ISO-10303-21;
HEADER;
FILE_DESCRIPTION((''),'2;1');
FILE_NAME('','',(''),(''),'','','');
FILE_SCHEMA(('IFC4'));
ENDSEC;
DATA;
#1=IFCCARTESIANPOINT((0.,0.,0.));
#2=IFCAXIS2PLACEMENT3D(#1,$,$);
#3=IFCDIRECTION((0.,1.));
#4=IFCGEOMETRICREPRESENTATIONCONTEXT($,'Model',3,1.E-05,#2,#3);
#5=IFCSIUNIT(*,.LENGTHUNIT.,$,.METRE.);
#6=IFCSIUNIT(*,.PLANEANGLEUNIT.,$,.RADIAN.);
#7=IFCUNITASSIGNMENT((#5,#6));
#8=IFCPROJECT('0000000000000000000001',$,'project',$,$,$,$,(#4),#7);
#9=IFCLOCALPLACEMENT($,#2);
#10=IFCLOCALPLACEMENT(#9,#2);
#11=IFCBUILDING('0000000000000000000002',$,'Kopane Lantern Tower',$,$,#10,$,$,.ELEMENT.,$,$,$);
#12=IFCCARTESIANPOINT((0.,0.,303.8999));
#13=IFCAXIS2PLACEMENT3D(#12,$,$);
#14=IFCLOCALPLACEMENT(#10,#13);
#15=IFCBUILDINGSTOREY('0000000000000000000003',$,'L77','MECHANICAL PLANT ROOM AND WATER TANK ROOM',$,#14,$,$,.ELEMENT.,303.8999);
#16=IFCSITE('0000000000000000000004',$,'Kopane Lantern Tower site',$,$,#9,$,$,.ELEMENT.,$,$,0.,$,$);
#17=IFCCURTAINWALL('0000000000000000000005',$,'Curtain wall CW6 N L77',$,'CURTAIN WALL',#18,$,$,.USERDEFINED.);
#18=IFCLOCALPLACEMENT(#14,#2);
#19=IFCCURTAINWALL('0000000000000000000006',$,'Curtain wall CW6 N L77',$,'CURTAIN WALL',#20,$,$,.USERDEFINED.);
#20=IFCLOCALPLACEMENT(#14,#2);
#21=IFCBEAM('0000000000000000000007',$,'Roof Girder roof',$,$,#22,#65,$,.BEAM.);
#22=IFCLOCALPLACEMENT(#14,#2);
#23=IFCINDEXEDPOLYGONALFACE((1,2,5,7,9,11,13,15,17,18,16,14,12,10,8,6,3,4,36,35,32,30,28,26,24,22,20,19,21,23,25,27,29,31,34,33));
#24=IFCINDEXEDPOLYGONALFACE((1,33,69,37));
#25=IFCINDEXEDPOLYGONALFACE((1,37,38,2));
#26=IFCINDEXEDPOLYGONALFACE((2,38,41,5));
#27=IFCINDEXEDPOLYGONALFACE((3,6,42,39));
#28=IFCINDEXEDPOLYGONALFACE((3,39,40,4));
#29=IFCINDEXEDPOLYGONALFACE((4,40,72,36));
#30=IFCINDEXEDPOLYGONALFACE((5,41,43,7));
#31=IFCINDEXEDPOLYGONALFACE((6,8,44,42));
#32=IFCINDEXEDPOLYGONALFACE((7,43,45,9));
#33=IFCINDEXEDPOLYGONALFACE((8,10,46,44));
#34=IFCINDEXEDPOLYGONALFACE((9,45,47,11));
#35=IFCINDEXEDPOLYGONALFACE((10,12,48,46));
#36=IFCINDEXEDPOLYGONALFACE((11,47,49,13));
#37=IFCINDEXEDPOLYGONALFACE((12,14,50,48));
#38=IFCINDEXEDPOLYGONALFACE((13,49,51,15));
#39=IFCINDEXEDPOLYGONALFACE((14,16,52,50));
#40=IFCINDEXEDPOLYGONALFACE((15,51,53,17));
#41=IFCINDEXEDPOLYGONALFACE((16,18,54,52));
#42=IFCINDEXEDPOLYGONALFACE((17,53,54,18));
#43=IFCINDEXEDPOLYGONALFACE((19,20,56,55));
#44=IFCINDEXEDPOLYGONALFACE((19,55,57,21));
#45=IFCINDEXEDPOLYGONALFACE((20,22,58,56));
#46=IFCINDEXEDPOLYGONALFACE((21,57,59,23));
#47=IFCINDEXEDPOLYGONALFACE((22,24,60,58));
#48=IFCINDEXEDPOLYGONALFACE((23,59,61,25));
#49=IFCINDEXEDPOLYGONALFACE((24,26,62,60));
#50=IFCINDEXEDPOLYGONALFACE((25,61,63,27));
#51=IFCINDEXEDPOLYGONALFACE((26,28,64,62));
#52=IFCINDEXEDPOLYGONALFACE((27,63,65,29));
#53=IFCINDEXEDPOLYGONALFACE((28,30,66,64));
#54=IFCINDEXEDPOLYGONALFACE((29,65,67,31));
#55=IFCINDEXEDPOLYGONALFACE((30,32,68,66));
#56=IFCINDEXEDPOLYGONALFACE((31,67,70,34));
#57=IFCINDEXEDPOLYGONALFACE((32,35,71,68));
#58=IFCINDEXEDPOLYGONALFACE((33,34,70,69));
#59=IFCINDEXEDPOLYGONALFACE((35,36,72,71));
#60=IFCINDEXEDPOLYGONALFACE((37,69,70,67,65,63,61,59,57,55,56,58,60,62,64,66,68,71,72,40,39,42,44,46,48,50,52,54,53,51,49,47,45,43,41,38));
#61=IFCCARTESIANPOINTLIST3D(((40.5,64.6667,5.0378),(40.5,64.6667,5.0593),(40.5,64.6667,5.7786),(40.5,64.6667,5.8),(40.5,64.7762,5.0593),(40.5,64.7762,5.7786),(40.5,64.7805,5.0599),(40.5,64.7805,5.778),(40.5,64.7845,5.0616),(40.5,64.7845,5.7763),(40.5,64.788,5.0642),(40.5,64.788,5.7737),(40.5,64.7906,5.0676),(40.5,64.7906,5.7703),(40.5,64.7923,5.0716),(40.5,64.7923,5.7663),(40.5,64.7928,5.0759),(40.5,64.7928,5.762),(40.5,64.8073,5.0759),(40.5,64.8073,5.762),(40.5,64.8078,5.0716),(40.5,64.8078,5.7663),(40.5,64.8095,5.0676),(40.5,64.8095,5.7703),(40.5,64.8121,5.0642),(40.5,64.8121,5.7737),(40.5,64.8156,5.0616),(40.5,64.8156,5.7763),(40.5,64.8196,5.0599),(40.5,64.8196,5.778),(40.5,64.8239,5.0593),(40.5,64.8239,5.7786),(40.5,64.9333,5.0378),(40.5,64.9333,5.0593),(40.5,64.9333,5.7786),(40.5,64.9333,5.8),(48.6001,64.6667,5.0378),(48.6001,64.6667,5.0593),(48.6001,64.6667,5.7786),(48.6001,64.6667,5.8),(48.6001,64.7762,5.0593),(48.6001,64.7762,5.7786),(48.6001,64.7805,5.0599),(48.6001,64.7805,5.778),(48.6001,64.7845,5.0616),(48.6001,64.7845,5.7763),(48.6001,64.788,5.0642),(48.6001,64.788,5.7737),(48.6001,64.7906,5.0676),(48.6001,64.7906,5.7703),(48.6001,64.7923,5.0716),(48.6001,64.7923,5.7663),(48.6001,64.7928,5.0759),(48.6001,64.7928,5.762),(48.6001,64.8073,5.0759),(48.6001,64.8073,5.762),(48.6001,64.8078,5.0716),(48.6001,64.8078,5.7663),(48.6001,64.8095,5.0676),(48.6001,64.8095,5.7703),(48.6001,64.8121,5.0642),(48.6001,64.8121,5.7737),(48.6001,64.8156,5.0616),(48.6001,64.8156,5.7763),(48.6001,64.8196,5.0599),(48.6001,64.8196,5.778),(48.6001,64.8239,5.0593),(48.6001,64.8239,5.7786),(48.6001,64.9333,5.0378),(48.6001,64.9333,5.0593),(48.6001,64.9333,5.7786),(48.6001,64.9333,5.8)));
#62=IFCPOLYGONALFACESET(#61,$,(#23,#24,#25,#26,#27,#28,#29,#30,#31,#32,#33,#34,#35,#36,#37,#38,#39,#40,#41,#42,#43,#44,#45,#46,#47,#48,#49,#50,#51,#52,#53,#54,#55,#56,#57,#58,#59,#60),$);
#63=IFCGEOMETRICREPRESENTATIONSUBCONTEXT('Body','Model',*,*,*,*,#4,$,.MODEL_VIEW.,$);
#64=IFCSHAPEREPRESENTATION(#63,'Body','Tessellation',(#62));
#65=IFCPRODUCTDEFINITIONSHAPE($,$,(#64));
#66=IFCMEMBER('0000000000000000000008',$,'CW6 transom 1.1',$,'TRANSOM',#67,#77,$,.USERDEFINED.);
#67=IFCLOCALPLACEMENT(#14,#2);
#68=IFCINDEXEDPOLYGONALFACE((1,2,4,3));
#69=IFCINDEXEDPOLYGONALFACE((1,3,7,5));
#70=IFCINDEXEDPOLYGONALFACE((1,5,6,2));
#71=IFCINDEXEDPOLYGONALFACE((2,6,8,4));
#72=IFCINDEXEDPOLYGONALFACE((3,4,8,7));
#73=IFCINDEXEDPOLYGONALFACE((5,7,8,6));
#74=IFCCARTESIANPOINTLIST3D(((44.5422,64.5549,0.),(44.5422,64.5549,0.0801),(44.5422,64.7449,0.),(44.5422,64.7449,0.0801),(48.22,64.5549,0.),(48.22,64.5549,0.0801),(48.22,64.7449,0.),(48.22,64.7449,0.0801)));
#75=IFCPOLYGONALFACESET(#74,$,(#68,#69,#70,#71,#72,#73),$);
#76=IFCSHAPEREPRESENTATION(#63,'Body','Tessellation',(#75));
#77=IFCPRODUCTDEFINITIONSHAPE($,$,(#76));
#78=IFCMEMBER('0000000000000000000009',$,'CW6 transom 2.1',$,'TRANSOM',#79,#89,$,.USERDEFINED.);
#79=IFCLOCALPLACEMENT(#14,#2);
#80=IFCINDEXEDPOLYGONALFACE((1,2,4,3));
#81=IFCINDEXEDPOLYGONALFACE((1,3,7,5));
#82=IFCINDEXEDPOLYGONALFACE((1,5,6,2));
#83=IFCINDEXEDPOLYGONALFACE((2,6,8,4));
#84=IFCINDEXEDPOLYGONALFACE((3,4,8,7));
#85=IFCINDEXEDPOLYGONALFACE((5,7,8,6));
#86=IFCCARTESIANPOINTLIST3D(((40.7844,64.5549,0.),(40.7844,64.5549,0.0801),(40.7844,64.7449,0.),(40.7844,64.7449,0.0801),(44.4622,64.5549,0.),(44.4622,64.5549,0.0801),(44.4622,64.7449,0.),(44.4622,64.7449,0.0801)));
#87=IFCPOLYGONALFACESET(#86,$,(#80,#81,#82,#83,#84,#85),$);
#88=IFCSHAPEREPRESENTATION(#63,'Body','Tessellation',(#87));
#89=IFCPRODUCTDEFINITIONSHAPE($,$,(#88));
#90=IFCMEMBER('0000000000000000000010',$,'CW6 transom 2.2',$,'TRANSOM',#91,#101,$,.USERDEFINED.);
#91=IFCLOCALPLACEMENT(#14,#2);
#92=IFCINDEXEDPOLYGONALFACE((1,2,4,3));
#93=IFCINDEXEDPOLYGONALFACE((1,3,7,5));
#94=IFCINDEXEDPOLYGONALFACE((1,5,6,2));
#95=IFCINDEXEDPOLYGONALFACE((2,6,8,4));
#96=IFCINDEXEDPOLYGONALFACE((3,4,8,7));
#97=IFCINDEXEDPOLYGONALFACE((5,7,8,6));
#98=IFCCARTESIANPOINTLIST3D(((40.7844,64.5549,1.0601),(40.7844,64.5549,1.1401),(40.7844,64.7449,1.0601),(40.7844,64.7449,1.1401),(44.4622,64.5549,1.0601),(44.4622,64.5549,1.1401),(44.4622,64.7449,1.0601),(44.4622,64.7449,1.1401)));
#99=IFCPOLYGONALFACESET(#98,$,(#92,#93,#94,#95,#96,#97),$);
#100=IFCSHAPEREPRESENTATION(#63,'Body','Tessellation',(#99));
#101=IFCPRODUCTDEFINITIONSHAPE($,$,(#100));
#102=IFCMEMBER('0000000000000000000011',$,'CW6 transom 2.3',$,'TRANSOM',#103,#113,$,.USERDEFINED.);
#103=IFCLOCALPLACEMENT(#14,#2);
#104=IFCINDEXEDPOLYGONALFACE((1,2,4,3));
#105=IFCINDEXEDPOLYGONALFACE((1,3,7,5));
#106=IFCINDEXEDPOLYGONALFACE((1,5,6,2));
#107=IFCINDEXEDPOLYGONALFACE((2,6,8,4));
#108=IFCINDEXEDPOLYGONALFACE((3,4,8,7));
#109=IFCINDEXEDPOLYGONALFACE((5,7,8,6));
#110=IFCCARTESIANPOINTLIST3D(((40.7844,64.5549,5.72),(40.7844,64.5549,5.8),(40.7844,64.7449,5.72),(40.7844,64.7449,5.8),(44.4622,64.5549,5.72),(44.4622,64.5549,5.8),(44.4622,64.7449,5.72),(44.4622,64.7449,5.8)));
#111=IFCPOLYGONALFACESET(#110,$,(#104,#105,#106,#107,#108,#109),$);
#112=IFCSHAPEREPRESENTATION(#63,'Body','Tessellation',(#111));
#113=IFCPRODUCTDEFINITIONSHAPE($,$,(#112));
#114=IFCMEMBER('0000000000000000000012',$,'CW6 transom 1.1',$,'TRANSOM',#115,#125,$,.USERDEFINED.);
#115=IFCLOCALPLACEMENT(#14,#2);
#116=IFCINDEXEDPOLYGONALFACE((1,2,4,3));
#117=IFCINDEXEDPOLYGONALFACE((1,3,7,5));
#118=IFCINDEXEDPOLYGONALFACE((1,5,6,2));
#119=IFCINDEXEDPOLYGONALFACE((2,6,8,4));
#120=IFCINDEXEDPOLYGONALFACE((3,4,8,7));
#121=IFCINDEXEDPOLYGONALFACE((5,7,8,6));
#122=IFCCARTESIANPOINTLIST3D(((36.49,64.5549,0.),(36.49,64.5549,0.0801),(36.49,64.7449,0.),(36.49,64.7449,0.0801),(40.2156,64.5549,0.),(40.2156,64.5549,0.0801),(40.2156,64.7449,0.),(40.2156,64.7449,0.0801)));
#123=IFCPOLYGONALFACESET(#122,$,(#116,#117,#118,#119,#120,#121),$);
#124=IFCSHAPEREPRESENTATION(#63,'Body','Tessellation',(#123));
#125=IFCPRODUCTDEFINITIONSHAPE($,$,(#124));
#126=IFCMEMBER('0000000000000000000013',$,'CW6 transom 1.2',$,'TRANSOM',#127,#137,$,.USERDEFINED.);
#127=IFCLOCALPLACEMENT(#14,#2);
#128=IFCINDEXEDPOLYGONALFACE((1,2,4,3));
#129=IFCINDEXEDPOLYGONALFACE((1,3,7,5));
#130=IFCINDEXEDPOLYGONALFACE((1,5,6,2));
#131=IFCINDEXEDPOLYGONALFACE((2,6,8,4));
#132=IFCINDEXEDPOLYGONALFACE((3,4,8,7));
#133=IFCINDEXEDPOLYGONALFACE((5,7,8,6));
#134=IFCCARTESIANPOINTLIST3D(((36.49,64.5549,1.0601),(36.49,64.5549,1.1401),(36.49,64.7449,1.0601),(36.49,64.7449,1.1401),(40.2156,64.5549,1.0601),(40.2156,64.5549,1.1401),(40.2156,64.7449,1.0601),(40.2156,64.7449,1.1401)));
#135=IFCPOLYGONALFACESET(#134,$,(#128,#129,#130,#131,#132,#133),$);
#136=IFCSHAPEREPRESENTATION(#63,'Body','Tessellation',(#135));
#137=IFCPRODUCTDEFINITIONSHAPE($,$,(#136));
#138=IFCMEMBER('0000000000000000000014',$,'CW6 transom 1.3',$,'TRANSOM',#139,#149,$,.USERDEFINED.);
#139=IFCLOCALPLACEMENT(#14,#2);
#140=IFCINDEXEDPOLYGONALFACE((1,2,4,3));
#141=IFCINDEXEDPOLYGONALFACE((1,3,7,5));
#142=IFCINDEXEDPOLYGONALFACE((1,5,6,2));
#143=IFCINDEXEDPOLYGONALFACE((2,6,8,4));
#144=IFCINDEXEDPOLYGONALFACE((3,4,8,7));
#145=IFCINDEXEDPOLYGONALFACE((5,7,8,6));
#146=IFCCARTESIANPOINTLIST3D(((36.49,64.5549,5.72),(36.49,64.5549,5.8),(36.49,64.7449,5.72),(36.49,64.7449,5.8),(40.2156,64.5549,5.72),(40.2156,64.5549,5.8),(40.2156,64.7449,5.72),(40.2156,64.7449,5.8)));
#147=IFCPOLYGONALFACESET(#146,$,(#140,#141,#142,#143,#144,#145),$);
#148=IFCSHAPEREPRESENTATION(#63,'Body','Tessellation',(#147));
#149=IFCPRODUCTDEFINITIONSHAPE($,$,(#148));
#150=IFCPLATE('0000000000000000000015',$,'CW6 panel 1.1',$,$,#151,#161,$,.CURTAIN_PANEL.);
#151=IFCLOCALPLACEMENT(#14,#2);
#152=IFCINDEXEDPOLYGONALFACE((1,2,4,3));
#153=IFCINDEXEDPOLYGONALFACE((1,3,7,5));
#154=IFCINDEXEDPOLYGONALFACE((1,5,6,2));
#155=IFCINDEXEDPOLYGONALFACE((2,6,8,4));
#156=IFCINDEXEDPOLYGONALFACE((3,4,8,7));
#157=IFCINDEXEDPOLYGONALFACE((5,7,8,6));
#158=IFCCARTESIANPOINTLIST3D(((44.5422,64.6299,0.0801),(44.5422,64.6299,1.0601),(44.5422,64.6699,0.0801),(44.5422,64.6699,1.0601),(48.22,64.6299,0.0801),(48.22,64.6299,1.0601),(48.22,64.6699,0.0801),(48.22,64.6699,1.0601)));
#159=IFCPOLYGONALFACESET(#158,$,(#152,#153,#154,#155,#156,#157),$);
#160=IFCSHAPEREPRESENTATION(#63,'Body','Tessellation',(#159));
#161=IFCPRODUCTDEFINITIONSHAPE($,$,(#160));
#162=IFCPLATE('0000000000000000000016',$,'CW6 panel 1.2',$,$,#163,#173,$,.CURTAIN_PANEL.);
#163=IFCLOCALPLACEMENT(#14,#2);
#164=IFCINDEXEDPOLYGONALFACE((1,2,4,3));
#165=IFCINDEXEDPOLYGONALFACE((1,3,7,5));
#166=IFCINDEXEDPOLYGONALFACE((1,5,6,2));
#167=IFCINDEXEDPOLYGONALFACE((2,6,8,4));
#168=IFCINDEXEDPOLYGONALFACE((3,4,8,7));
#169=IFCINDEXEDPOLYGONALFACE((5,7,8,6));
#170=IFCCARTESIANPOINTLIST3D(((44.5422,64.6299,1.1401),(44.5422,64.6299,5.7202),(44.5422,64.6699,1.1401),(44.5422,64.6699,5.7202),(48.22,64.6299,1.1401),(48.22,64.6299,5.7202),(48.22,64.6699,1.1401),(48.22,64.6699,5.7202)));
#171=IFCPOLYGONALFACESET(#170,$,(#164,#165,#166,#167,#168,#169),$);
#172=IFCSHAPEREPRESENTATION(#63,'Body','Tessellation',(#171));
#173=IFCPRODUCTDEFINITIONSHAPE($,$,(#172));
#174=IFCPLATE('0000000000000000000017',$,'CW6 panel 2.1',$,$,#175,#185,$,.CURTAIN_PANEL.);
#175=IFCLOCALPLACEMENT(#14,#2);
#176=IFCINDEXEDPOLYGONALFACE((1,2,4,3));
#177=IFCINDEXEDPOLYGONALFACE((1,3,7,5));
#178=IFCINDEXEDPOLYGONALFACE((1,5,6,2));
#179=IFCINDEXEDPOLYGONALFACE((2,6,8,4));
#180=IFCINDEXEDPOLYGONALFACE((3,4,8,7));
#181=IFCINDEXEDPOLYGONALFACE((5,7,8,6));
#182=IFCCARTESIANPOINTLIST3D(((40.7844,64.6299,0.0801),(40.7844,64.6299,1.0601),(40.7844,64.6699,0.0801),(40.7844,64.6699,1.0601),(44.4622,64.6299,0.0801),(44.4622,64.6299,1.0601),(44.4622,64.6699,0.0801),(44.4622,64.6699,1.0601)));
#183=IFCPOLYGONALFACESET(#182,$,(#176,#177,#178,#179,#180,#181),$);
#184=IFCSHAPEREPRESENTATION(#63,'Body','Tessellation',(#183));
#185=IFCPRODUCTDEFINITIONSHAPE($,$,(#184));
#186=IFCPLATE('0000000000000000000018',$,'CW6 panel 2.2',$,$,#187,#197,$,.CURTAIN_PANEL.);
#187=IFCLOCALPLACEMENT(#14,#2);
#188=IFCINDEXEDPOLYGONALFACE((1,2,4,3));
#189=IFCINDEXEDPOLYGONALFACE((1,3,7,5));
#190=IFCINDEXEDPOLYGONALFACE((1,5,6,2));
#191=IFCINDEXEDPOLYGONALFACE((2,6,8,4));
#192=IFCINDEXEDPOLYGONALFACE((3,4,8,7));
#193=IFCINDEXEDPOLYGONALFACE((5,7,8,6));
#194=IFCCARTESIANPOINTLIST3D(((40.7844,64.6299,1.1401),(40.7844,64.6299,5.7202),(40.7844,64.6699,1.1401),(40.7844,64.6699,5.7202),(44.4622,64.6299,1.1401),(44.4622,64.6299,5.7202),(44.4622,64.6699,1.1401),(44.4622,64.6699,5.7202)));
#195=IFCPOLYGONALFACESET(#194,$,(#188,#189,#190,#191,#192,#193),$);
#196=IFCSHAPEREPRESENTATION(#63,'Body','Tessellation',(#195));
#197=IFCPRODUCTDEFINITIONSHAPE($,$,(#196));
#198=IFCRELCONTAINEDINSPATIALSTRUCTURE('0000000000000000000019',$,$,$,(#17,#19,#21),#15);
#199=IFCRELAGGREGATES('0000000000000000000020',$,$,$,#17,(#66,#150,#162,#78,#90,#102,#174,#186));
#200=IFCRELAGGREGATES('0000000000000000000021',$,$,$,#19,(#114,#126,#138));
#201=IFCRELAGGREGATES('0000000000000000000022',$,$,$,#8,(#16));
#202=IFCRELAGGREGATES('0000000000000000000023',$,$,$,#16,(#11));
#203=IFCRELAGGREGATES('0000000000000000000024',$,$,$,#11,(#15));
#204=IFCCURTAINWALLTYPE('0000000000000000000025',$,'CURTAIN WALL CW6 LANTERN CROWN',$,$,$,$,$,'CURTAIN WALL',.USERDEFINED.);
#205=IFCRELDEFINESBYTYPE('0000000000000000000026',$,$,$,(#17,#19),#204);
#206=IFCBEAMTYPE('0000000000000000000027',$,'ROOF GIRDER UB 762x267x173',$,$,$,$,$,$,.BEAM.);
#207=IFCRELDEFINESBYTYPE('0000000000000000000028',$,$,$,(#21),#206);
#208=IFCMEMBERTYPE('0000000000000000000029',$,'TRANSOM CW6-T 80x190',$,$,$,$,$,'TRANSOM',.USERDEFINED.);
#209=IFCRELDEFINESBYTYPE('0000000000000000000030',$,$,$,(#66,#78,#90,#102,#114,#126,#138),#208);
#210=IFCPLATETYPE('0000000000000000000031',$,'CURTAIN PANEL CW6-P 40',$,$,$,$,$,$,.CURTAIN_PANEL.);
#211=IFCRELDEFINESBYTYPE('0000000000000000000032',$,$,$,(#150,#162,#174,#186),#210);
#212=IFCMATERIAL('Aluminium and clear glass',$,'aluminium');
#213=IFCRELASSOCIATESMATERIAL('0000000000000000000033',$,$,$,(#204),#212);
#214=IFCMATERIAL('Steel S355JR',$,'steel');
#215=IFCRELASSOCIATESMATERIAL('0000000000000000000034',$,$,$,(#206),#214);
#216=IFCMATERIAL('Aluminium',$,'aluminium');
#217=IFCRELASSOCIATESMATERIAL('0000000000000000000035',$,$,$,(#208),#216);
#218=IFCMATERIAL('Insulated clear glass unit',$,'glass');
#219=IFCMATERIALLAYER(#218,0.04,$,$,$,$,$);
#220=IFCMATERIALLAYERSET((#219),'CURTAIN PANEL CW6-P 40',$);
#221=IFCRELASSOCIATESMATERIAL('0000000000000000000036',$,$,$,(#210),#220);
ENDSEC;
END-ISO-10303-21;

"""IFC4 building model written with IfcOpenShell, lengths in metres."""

from ifc_helpers import new_model, si_unit, direction, frame, origin, origin_2d, place, context, subcontext, project, spatial, rectangle, i_section, extrude, material, layer, layer_set, material_profile, profile_set, type_object, element, aggregate, save


model = new_model("IFC4")

# Units and contexts
model_context = context("Model", 3, precision=1e-05, world=origin(), true_north=direction((0.0, 1.0)))
body_context = subcontext(model_context, "Body", "Model", "MODEL_VIEW")
ifc_project = project(units=[si_unit("LENGTHUNIT", "METRE"), si_unit("PLANEANGLEUNIT", "RADIAN")], contexts=[model_context])

# Site, building, storey
site_placement = place(None, origin())
site = spatial("IfcSite", under=ifc_project, at=site_placement, Name="Kopane Lantern Tower site", CompositionType="ELEMENT", RefElevation=0.0)
building_placement = place(site_placement, origin())
building = spatial("IfcBuilding", under=site, at=building_placement, Name="Kopane Lantern Tower", CompositionType="ELEMENT")
storey_placement = place(building_placement, frame((0.0, 0.0, 303.8999)))
storey = spatial("IfcBuildingStorey", under=building, at=storey_placement, Name="L77", Description="MECHANICAL PLANT ROOM AND WATER TANK ROOM", CompositionType="ELEMENT", Elevation=303.8999)

# Curtain walls
ifc_material_1 = material(Name="Aluminium and clear glass", Category="aluminium")
curtain_wall_type = type_object("IfcCurtainWallType", Name="CURTAIN WALL CW6 LANTERN CROWN", ElementType="CURTAIN WALL", PredefinedType="USERDEFINED", material=ifc_material_1)
curtain_wall_1_placement = place(storey_placement, origin())
curtain_wall_1 = element("IfcCurtainWall", 1, at=curtain_wall_1_placement, inside=storey, type_object=curtain_wall_type, Name="Curtain wall CW6 N L77", ObjectType="CURTAIN WALL", PredefinedType="USERDEFINED")
curtain_wall_2_placement = place(storey_placement, origin())
curtain_wall_2 = element("IfcCurtainWall", 2, at=curtain_wall_2_placement, inside=storey, type_object=curtain_wall_type, Name="Curtain wall CW6 N L77", ObjectType="CURTAIN WALL", PredefinedType="USERDEFINED")

# Beam
ifc_material_2 = material(Name="Steel S355JR", Category="steel")
ifc_material_profile_1 = material_profile(ifc_material_2, i_section(OverallWidth=0.2666, OverallDepth=0.7622, WebThickness=0.0144, FlangeThickness=0.0215, FilletRadius=0.0166, at=origin_2d()), Name="UB 762x267x173")
ifc_profile_set_1 = profile_set([ifc_material_profile_1], Name="Steel S355JR")
beam_type_1 = type_object("IfcBeamType", Name="ROOF GIRDER UB 762x267x173", PredefinedType="BEAM", material=ifc_profile_set_1)
beam_1_placement = place(storey_placement, frame((40.5, 64.8, 5.4189), z_axis=(1.0, 0.0, 0.0), x_axis=(0.0, 1.0, 0.0)))
element("IfcBeam", 3, at=beam_1_placement, inside=storey, type_object=beam_type_1, Name="Roof Girder roof", PredefinedType="BEAM", context=body_context, shape_type="SweptSolid", body=[
    extrude(i_section(OverallWidth=0.2666, OverallDepth=0.7622, WebThickness=0.0144, FlangeThickness=0.0215, FilletRadius=0.0166, at=origin_2d()), origin(), (0.0, 0.0, 1.0), 8.1001),
])

# Members
ifc_material_3 = material(Name="Aluminium", Category="aluminium")
ifc_material_profile_2 = material_profile(ifc_material_3, rectangle(XDim=0.1899, YDim=0.0801, at=origin_2d()), Name="AL 190x80")
ifc_profile_set_2 = profile_set([ifc_material_profile_2], Name="Aluminium")
member_type_1 = type_object("IfcMemberType", Name="TRANSOM CW6-T 80x190", ElementType="TRANSOM", PredefinedType="USERDEFINED", material=ifc_profile_set_2)
member_1_placement = place(storey_placement, frame((48.22, 64.6499, 0.04), z_axis=(-1.0, 0.0, 0.0), x_axis=(0.0, -1.0, 0.0)))
member_1 = element("IfcMember", 4, at=member_1_placement, type_object=member_type_1, Name="CW6 transom 1.1", ObjectType="TRANSOM", PredefinedType="USERDEFINED", context=body_context, shape_type="SweptSolid", body=[
    extrude(rectangle(XDim=0.1899, YDim=0.0801, at=origin_2d()), origin(), (0.0, 0.0, 1.0), 3.6777),
])
member_2_placement = place(storey_placement, frame((44.4622, 64.6499, 0.04), z_axis=(-1.0, 0.0, 0.0), x_axis=(0.0, -1.0, 0.0)))
member_2 = element("IfcMember", 5, at=member_2_placement, type_object=member_type_1, Name="CW6 transom 2.1", ObjectType="TRANSOM", PredefinedType="USERDEFINED", context=body_context, shape_type="SweptSolid", body=[
    extrude(rectangle(XDim=0.1899, YDim=0.0801, at=origin_2d()), origin(), (0.0, 0.0, 1.0), 3.6777),
])
member_3_placement = place(storey_placement, frame((44.4622, 64.6499, 1.1001), z_axis=(-1.0, 0.0, 0.0), x_axis=(0.0, -1.0, 0.0)))
member_3 = element("IfcMember", 6, at=member_3_placement, type_object=member_type_1, Name="CW6 transom 2.2", ObjectType="TRANSOM", PredefinedType="USERDEFINED", context=body_context, shape_type="SweptSolid", body=[
    extrude(rectangle(XDim=0.1899, YDim=0.0801, at=origin_2d()), origin(), (0.0, 0.0, 1.0), 3.6777),
])
member_4_placement = place(storey_placement, frame((44.4622, 64.6499, 5.76), z_axis=(-1.0, 0.0, 0.0), x_axis=(0.0, -1.0, 0.0)))
member_4 = element("IfcMember", 7, at=member_4_placement, type_object=member_type_1, Name="CW6 transom 2.3", ObjectType="TRANSOM", PredefinedType="USERDEFINED", context=body_context, shape_type="SweptSolid", body=[
    extrude(rectangle(XDim=0.1899, YDim=0.0801, at=origin_2d()), origin(), (0.0, 0.0, 1.0), 3.6777),
])
member_5_placement = place(storey_placement, frame((40.2156, 64.6499, 0.04), z_axis=(-1.0, 0.0, 0.0), x_axis=(0.0, -1.0, 0.0)))
member_5 = element("IfcMember", 8, at=member_5_placement, type_object=member_type_1, Name="CW6 transom 1.1", ObjectType="TRANSOM", PredefinedType="USERDEFINED", context=body_context, shape_type="SweptSolid", body=[
    extrude(rectangle(XDim=0.1899, YDim=0.0801, at=origin_2d()), origin(), (0.0, 0.0, 1.0), 3.7256),
])
member_6_placement = place(storey_placement, frame((40.2156, 64.6499, 1.1001), z_axis=(-1.0, 0.0, 0.0), x_axis=(0.0, -1.0, 0.0)))
member_6 = element("IfcMember", 9, at=member_6_placement, type_object=member_type_1, Name="CW6 transom 1.2", ObjectType="TRANSOM", PredefinedType="USERDEFINED", context=body_context, shape_type="SweptSolid", body=[
    extrude(rectangle(XDim=0.1899, YDim=0.0801, at=origin_2d()), origin(), (0.0, 0.0, 1.0), 3.7256),
])
member_7_placement = place(storey_placement, frame((40.2156, 64.6499, 5.76), z_axis=(-1.0, 0.0, 0.0), x_axis=(0.0, -1.0, 0.0)))
member_7 = element("IfcMember", 10, at=member_7_placement, type_object=member_type_1, Name="CW6 transom 1.3", ObjectType="TRANSOM", PredefinedType="USERDEFINED", context=body_context, shape_type="SweptSolid", body=[
    extrude(rectangle(XDim=0.1899, YDim=0.0801, at=origin_2d()), origin(), (0.0, 0.0, 1.0), 3.7256),
])

# Plates
ifc_material_4 = material(Name="Insulated clear glass unit", Category="glass")
ifc_layer_1 = layer(ifc_material_4, 0.04)
ifc_layer_set_1 = layer_set([ifc_layer_1], Name="CURTAIN PANEL CW6-P 40")
plate_type_1 = type_object("IfcPlateType", Name="CURTAIN PANEL CW6-P 40", PredefinedType="CURTAIN_PANEL", material=ifc_layer_set_1)
plate_1_placement = place(storey_placement, frame((46.3811, 64.6499, 0.0801), z_axis=(0.0, 0.0, 1.0), x_axis=(-1.0, 0.0, 0.0)))
plate_1 = element("IfcPlate", 11, at=plate_1_placement, type_object=plate_type_1, Name="CW6 panel 1.1", PredefinedType="CURTAIN_PANEL", context=body_context, shape_type="SweptSolid", body=[
    extrude(rectangle(XDim=3.6777, YDim=0.04, at=origin_2d()), origin(), (0.0, 0.0, 1.0), 0.98),
])
plate_2_placement = place(storey_placement, frame((46.3811, 64.6499, 1.1401), z_axis=(0.0, 0.0, 1.0), x_axis=(-1.0, 0.0, 0.0)))
plate_2 = element("IfcPlate", 12, at=plate_2_placement, type_object=plate_type_1, Name="CW6 panel 1.2", PredefinedType="CURTAIN_PANEL", context=body_context, shape_type="SweptSolid", body=[
    extrude(rectangle(XDim=3.6777, YDim=0.04, at=origin_2d()), origin(), (0.0, 0.0, 1.0), 4.5801),
])
plate_3_placement = place(storey_placement, frame((42.6233, 64.6499, 0.0801), z_axis=(0.0, 0.0, 1.0), x_axis=(-1.0, 0.0, 0.0)))
plate_3 = element("IfcPlate", 13, at=plate_3_placement, type_object=plate_type_1, Name="CW6 panel 2.1", PredefinedType="CURTAIN_PANEL", context=body_context, shape_type="SweptSolid", body=[
    extrude(rectangle(XDim=3.6777, YDim=0.04, at=origin_2d()), origin(), (0.0, 0.0, 1.0), 0.98),
])
plate_4_placement = place(storey_placement, frame((42.6233, 64.6499, 1.1401), z_axis=(0.0, 0.0, 1.0), x_axis=(-1.0, 0.0, 0.0)))
plate_4 = element("IfcPlate", 14, at=plate_4_placement, type_object=plate_type_1, Name="CW6 panel 2.2", PredefinedType="CURTAIN_PANEL", context=body_context, shape_type="SweptSolid", body=[
    extrude(rectangle(XDim=3.6777, YDim=0.04, at=origin_2d()), origin(), (0.0, 0.0, 1.0), 4.5801),
])
aggregate(curtain_wall_1, [member_1, plate_1, plate_2, member_2, member_3, member_4, plate_3, plate_4])
aggregate(curtain_wall_2, [member_5, member_6, member_7])

save(model, "model.ifc")
